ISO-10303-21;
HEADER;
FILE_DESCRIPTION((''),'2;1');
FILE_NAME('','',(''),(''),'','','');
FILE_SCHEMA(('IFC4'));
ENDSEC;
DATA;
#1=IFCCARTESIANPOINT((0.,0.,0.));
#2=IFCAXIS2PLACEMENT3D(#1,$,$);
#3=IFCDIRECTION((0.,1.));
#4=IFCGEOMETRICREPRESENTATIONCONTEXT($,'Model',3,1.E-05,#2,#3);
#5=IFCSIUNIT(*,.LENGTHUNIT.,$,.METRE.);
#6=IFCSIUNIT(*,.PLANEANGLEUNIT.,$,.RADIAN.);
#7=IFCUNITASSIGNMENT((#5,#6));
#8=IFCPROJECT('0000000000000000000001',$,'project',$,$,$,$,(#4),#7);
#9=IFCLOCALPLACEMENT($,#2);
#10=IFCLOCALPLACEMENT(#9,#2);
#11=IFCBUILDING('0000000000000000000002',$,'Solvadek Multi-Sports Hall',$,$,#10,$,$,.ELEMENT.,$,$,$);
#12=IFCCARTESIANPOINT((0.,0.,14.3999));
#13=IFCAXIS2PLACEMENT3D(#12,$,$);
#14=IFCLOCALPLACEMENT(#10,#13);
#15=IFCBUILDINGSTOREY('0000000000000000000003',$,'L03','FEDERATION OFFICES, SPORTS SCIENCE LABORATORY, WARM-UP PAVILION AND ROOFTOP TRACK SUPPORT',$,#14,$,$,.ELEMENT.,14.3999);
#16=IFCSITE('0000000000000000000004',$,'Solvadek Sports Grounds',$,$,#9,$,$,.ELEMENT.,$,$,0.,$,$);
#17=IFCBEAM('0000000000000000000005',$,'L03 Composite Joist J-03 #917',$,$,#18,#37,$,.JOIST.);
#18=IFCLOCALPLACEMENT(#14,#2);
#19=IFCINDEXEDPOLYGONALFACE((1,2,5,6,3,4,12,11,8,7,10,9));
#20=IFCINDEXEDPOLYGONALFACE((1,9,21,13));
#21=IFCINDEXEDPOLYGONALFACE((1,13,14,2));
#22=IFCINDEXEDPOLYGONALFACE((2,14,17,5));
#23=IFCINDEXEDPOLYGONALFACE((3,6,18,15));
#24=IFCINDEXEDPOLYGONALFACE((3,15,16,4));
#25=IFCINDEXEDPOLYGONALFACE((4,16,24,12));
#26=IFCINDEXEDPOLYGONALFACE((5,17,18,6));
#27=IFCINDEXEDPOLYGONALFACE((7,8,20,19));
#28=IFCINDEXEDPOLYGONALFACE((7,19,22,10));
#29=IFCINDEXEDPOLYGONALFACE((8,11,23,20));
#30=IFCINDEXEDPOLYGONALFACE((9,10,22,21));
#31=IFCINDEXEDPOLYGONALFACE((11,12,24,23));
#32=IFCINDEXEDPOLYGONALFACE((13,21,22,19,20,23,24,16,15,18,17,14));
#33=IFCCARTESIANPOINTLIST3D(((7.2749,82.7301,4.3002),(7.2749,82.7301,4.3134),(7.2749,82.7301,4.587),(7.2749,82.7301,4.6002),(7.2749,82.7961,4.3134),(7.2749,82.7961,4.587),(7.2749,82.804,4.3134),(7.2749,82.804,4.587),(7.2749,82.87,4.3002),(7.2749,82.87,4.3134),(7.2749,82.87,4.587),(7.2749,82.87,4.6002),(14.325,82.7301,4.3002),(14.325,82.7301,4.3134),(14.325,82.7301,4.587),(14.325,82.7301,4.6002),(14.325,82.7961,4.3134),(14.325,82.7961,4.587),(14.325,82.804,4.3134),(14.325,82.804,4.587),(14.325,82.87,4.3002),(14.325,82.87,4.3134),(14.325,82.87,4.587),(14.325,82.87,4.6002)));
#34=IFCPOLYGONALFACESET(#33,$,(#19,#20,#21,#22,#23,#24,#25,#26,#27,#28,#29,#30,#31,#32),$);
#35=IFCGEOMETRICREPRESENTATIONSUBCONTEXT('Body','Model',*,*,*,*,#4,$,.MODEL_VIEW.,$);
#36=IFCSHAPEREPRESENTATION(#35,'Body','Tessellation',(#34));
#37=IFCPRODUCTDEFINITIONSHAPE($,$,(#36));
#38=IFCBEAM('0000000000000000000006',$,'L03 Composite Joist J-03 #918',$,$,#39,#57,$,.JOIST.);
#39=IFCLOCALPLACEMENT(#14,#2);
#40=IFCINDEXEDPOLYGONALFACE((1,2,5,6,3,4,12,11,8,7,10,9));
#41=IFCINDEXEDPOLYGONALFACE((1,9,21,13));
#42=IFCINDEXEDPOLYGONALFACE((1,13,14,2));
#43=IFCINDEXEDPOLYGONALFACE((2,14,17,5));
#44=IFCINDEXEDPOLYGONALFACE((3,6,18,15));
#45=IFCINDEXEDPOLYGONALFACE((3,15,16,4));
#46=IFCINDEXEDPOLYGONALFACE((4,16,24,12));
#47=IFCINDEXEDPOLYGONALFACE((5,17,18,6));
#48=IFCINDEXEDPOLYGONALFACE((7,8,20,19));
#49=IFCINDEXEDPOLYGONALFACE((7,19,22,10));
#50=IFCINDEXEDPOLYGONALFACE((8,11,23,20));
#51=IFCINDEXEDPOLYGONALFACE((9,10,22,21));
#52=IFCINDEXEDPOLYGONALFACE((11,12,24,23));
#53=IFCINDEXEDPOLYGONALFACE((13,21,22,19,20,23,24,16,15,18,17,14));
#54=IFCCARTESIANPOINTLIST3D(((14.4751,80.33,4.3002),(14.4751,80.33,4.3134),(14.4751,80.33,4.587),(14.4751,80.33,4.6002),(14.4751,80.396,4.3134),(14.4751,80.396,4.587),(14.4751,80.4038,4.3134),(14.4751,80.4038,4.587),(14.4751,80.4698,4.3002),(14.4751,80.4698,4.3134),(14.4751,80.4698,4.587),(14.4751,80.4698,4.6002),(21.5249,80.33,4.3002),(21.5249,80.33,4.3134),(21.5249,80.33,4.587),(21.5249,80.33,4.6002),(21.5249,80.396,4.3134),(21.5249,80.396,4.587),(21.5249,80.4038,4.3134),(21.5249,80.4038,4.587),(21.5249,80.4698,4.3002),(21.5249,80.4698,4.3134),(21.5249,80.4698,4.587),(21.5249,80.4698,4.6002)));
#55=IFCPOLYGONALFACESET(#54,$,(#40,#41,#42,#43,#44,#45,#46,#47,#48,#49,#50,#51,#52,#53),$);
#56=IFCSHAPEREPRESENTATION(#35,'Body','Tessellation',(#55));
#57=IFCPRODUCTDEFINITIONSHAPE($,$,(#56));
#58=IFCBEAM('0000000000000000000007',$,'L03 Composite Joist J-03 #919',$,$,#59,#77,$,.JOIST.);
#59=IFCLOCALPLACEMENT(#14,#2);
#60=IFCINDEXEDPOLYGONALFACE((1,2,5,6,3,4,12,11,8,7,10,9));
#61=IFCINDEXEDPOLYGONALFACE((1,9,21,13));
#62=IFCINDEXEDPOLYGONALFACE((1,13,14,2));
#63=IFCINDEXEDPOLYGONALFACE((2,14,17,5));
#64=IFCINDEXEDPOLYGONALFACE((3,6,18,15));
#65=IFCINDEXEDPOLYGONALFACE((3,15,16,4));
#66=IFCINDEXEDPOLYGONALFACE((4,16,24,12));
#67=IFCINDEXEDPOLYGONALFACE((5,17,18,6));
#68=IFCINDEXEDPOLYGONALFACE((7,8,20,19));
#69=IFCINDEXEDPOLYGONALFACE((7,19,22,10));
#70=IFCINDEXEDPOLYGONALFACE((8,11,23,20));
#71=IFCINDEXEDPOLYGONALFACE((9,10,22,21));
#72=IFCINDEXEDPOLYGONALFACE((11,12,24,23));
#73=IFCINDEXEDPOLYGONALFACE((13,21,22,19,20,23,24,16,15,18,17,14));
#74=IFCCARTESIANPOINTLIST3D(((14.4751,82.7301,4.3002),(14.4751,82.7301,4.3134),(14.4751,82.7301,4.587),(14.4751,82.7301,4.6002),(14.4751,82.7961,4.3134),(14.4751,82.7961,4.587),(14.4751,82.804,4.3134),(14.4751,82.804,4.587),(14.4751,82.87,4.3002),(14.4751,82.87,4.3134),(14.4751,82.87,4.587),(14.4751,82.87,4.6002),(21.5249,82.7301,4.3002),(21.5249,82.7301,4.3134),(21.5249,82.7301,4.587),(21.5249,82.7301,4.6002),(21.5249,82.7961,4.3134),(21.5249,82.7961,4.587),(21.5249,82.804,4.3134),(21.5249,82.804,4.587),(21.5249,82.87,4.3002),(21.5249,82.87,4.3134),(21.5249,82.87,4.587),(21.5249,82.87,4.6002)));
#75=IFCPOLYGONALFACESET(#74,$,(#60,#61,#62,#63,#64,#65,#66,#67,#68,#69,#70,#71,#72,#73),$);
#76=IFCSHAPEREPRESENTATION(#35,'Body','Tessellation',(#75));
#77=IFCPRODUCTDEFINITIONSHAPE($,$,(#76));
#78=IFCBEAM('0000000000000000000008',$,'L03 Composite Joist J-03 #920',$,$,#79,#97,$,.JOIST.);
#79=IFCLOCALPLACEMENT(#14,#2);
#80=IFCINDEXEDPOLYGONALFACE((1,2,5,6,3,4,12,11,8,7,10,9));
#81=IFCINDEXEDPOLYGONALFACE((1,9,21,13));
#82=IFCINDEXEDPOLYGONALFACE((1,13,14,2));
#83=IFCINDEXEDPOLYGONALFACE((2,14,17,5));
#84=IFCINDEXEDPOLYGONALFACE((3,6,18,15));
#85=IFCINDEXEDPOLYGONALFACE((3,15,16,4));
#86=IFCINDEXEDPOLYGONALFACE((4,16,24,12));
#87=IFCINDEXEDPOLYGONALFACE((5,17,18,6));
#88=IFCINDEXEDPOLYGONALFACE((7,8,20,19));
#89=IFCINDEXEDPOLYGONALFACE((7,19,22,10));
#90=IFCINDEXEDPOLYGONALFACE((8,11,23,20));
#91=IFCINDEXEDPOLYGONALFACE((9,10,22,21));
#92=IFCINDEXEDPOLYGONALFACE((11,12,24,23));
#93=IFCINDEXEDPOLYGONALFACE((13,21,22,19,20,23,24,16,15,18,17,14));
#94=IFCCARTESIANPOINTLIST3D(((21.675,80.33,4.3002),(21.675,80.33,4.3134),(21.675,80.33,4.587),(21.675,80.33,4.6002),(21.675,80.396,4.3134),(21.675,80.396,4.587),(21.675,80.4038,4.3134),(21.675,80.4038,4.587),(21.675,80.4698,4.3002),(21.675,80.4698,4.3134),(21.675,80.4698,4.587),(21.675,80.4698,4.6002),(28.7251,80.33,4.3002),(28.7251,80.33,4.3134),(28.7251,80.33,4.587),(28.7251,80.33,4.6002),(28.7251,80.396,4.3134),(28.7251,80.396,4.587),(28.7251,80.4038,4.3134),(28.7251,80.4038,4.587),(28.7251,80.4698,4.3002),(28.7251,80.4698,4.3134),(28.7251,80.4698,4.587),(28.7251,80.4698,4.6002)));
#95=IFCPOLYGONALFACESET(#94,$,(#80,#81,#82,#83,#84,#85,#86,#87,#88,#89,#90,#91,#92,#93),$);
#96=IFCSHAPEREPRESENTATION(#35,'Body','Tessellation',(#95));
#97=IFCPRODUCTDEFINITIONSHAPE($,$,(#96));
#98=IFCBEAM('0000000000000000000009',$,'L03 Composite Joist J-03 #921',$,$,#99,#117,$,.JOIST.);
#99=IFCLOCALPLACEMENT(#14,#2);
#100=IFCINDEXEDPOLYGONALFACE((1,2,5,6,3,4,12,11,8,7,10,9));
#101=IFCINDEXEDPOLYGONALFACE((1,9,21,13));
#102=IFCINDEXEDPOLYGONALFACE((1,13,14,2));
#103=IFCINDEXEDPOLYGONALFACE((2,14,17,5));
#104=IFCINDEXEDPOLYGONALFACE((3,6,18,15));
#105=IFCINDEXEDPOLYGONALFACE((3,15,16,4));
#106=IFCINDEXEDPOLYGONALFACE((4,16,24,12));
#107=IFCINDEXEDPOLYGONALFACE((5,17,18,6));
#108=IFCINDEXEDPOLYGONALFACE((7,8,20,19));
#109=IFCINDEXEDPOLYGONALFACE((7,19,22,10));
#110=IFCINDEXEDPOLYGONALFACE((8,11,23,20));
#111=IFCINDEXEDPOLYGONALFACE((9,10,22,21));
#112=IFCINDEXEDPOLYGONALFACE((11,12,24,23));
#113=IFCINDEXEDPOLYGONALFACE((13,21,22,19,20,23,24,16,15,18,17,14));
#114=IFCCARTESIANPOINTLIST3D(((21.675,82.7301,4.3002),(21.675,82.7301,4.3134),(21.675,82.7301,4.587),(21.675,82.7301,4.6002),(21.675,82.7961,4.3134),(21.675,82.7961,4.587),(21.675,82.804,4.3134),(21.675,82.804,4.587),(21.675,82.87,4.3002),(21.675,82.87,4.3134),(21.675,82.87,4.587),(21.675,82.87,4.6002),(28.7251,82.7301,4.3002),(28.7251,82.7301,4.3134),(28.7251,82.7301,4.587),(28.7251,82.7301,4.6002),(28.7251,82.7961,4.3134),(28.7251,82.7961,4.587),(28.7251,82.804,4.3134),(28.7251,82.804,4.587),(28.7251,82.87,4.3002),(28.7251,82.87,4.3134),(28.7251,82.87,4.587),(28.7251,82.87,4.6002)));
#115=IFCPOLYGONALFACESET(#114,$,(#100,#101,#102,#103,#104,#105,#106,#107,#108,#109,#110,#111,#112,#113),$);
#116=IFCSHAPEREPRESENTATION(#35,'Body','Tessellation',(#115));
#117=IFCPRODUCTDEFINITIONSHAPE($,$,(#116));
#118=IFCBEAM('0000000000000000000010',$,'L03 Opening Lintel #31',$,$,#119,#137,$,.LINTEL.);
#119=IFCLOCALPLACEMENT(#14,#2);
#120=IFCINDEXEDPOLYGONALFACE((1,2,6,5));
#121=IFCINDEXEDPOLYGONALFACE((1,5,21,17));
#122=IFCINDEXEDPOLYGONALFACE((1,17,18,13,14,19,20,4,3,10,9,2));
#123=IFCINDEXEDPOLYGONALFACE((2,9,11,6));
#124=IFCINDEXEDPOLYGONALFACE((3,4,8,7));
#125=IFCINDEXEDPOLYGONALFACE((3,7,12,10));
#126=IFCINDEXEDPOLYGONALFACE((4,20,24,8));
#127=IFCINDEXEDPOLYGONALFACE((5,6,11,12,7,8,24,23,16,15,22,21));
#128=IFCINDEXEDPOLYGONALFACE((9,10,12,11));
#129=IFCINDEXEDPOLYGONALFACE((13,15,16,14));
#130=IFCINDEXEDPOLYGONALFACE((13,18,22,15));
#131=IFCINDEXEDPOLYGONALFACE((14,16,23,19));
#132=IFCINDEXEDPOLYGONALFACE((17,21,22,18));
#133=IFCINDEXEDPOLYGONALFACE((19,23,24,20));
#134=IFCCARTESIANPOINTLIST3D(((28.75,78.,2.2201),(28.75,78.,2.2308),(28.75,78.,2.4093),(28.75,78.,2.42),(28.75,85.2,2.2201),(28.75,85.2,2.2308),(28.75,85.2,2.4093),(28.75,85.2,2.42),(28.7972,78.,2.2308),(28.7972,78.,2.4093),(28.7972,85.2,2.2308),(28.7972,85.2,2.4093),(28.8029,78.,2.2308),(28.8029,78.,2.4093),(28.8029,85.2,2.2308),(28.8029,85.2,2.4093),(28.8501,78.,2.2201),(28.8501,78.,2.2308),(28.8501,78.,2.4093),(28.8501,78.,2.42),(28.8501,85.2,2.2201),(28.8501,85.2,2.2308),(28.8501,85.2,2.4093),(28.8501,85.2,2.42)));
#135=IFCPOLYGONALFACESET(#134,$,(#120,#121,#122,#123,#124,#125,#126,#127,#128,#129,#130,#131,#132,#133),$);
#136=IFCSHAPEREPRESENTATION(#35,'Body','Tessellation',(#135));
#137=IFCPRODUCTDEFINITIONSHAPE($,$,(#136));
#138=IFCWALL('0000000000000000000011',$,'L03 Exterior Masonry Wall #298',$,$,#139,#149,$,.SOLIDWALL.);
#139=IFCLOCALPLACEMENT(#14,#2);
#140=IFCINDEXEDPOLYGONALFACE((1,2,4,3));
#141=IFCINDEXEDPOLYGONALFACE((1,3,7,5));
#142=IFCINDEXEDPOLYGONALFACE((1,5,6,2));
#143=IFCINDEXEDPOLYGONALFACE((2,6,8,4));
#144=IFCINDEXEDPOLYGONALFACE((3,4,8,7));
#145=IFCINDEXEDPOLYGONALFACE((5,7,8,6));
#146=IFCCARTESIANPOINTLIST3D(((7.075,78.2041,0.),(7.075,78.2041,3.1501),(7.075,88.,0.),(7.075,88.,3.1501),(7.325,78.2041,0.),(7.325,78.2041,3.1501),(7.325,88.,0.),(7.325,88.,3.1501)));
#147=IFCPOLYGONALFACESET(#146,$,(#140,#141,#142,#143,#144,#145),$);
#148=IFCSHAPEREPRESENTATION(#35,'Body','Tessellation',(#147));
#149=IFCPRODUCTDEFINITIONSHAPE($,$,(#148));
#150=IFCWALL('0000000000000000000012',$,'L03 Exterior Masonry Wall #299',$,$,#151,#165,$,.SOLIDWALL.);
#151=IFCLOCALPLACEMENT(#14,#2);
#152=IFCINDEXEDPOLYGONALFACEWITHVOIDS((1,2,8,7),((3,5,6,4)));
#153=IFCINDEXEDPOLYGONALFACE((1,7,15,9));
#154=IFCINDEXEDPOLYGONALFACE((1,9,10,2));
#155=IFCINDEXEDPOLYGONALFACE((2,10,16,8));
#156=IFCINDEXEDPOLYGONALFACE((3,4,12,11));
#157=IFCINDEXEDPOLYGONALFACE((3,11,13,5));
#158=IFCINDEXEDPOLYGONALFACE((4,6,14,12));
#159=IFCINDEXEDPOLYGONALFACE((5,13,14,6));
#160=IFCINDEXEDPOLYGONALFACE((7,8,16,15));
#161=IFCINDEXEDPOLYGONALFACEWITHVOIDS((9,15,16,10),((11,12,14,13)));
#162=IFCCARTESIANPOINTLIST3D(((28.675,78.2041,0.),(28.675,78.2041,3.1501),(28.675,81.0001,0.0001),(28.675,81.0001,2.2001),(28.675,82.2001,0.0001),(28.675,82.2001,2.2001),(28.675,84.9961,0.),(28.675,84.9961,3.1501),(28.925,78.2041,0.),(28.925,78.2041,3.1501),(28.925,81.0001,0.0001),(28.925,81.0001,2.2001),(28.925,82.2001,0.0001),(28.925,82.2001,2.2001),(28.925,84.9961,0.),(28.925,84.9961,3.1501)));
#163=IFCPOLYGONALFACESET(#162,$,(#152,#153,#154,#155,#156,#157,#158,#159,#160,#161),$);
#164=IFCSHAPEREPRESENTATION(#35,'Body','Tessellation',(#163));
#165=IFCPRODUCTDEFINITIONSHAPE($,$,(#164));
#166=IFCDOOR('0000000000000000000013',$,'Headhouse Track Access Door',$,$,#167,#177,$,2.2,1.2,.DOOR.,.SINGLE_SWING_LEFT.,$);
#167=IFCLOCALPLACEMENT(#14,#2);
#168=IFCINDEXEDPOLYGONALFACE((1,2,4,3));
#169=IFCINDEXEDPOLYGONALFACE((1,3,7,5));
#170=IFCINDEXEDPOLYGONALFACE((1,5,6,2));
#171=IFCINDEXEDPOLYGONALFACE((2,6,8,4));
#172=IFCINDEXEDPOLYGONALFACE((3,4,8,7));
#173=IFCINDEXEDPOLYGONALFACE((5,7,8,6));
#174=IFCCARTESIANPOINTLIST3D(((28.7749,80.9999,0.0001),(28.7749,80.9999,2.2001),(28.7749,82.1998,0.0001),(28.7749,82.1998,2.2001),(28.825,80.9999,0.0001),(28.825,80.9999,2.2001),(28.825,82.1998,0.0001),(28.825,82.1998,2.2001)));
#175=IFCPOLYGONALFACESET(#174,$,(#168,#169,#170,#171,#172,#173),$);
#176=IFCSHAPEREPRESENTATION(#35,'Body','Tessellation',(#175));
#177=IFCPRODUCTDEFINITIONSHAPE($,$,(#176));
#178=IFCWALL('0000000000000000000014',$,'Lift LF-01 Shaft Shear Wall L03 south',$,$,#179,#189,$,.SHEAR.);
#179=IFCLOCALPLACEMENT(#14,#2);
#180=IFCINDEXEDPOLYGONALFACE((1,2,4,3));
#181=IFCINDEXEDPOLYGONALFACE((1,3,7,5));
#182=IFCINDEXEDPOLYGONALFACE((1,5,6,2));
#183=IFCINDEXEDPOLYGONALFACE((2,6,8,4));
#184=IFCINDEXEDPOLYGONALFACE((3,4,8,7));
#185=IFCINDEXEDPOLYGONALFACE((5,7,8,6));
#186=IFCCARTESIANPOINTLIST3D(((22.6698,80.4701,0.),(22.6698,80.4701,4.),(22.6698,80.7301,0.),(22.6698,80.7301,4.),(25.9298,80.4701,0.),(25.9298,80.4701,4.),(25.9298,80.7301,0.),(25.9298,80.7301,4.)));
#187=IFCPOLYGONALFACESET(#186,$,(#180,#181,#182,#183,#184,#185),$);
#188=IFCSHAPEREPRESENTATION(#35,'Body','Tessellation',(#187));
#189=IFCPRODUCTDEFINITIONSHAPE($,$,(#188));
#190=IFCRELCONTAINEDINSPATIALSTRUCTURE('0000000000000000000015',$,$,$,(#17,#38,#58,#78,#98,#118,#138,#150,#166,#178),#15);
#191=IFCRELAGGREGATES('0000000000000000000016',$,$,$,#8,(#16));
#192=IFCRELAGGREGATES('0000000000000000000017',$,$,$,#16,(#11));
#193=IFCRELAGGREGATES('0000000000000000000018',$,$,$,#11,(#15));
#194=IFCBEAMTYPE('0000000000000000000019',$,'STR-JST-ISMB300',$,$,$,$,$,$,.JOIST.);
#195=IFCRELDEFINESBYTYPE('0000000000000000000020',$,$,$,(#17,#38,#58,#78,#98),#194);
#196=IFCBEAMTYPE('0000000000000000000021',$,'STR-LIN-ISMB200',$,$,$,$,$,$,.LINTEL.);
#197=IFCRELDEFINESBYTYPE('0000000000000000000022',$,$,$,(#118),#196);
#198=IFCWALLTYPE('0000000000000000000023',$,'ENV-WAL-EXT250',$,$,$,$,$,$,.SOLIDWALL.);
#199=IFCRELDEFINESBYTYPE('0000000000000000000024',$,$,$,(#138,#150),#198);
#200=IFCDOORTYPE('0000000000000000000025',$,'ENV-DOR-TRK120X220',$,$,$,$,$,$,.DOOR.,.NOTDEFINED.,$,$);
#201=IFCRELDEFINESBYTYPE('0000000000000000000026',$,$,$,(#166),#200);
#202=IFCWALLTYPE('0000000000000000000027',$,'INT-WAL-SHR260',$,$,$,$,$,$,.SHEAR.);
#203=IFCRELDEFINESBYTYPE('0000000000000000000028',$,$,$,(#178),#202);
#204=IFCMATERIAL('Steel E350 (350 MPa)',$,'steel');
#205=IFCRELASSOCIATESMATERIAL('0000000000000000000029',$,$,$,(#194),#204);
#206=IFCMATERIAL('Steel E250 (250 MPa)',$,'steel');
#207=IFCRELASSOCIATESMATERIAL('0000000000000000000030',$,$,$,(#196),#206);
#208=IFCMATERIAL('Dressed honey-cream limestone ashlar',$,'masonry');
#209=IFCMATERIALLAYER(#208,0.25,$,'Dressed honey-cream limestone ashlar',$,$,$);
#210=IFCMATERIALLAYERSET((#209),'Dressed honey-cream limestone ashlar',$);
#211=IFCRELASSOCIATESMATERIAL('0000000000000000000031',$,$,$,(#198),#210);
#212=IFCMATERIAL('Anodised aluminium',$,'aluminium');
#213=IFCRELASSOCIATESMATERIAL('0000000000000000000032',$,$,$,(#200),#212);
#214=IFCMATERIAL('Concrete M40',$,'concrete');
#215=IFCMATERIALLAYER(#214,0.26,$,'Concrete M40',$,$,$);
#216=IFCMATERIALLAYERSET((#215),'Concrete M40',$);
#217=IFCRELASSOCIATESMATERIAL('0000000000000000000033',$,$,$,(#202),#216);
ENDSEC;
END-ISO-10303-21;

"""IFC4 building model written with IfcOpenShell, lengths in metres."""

from ifc_helpers import new_model, si_unit, direction, frame, frame_2d, origin, origin_2d, place, context, subcontext, project, spatial, rectangle, i_section, extrude, material, layer, layer_set, material_profile, profile_set, type_object, element, fill, save


model = new_model("IFC4")

# Units and contexts
model_context = context("Model", 3, precision=1e-05, world=origin(), true_north=direction((0.0, 1.0)))
body_context = subcontext(model_context, "Body", "Model", "MODEL_VIEW")
ifc_project = project(units=[si_unit("LENGTHUNIT", "METRE"), si_unit("PLANEANGLEUNIT", "RADIAN")], contexts=[model_context])

# Site, building, storey
site_placement = place(None, origin())
site = spatial("IfcSite", under=ifc_project, at=site_placement, Name="Solvadek Sports Grounds", CompositionType="ELEMENT", RefElevation=0.0)
building_placement = place(site_placement, origin())
building = spatial("IfcBuilding", under=site, at=building_placement, Name="Solvadek Multi-Sports Hall", CompositionType="ELEMENT")
storey_placement = place(building_placement, frame((0.0, 0.0, 14.3999)))
storey = spatial("IfcBuildingStorey", under=building, at=storey_placement, Name="L03", Description="FEDERATION OFFICES, SPORTS SCIENCE LABORATORY, WARM-UP PAVILION AND ROOFTOP TRACK SUPPORT", CompositionType="ELEMENT", Elevation=14.3999)

# Shared definitions
ifc_material_1 = material(Name="Steel E350 (350 MPa)", Category="steel")

# Beams
ifc_material_profile_1 = material_profile(ifc_material_1, i_section(OverallWidth=0.1399, OverallDepth=0.3, WebThickness=0.0078, FlangeThickness=0.0132, at=origin_2d()), Name="ISMB 300")
ifc_profile_set_1 = profile_set([ifc_material_profile_1], Name="Steel E350 (350 MPa)")
beam_type_1 = type_object("IfcBeamType", Name="STR-JST-ISMB300", PredefinedType="JOIST", material=ifc_profile_set_1)
for number, where, z_axis, x_axis, name in (
    (1, (7.2749, 82.8, 4.4502), (1.0, 0.0, 0.0), (0.0, 1.0, 0.0), "L03 Composite Joist J-03 #917"),
):
    element("IfcBeam", number, at=place(storey_placement, frame(where, z_axis=z_axis, x_axis=x_axis)), inside=storey, type_object=beam_type_1, Name=name, PredefinedType="JOIST", context=body_context, shape_type="SweptSolid", body=[
        extrude(i_section(OverallWidth=0.1399, OverallDepth=0.3, WebThickness=0.0078, FlangeThickness=0.0132, at=origin_2d()), origin(), (0.0, 0.0, 1.0), 7.05),
    ])
for number, where, z_axis, x_axis, name in (
    (2, (14.4751, 80.3999, 4.4502), (1.0, 0.0, 0.0), (0.0, 1.0, 0.0), "L03 Composite Joist J-03 #918"),
    (3, (14.4751, 82.8, 4.4502), (1.0, 0.0, 0.0), (0.0, 1.0, 0.0), "L03 Composite Joist J-03 #919"),
):
    element("IfcBeam", number, at=place(storey_placement, frame(where, z_axis=z_axis, x_axis=x_axis)), inside=storey, type_object=beam_type_1, Name=name, PredefinedType="JOIST", context=body_context, shape_type="SweptSolid", body=[
        extrude(i_section(OverallWidth=0.1399, OverallDepth=0.3, WebThickness=0.0078, FlangeThickness=0.0132, at=origin_2d()), origin(), (0.0, 0.0, 1.0), 7.0498),
    ])
for number, where, z_axis, x_axis, name in (
    (4, (21.675, 80.3999, 4.4502), (1.0, 0.0, 0.0), (0.0, 1.0, 0.0), "L03 Composite Joist J-03 #920"),
    (5, (21.675, 82.8, 4.4502), (1.0, 0.0, 0.0), (0.0, 1.0, 0.0), "L03 Composite Joist J-03 #921"),
):
    element("IfcBeam", number, at=place(storey_placement, frame(where, z_axis=z_axis, x_axis=x_axis)), inside=storey, type_object=beam_type_1, Name=name, PredefinedType="JOIST", context=body_context, shape_type="SweptSolid", body=[
        extrude(i_section(OverallWidth=0.1399, OverallDepth=0.3, WebThickness=0.0078, FlangeThickness=0.0132, at=origin_2d()), origin(), (0.0, 0.0, 1.0), 7.05),
    ])
ifc_material_2 = material(Name="Steel E250 (250 MPa)", Category="steel")
ifc_material_profile_2 = material_profile(ifc_material_2, i_section(OverallWidth=0.1001, OverallDepth=0.2, WebThickness=0.0056, FlangeThickness=0.0107, at=origin_2d()), Name="ISMB 200")
ifc_profile_set_2 = profile_set([ifc_material_profile_2], Name="Steel E250 (250 MPa)")
beam_type_2 = type_object("IfcBeamType", Name="STR-LIN-ISMB200", PredefinedType="LINTEL", material=ifc_profile_set_2)
beam_1_placement = place(storey_placement, frame((28.8, 78.0, 2.3201), z_axis=(0.0, 1.0, 0.0), x_axis=(-1.0, 0.0, 0.0)))
element("IfcBeam", 6, at=beam_1_placement, inside=storey, type_object=beam_type_2, Name="L03 Opening Lintel #31", PredefinedType="LINTEL", context=body_context, shape_type="SweptSolid", body=[
    extrude(i_section(OverallWidth=0.1001, OverallDepth=0.2, WebThickness=0.0056, FlangeThickness=0.0107, at=origin_2d()), origin(), (0.0, 0.0, 1.0), 7.2),
])

# Wall
ifc_material_3 = material(Name="Dressed honey-cream limestone ashlar", Category="masonry")
ifc_layer_1 = layer(ifc_material_3, 0.25, Name="Dressed honey-cream limestone ashlar")
ifc_layer_set_1 = layer_set([ifc_layer_1], Name="Dressed honey-cream limestone ashlar")
wall_type_1 = type_object("IfcWallType", Name="ENV-WAL-EXT250", PredefinedType="SOLIDWALL", material=ifc_layer_set_1)
wall_1_placement = place(storey_placement, frame((7.2, 78.2041, 0.0), z_axis=(0.0, 0.0, 1.0), x_axis=(0.0, 1.0, 0.0)))
element("IfcWall", 7, at=wall_1_placement, inside=storey, type_object=wall_type_1, Name="L03 Exterior Masonry Wall #298", PredefinedType="SOLIDWALL", context=body_context, shape_type="SweptSolid", body=[
    extrude(rectangle(XDim=9.7959, YDim=0.25, at=frame_2d((4.8979, 0.0))), origin(), (0.0, 0.0, 1.0), 3.1501),
])

# Wall, opening, door
wall_2_placement = place(storey_placement, frame((28.8, 78.2041, 0.0), z_axis=(0.0, 0.0, 1.0), x_axis=(0.0, 1.0, 0.0)))
wall_2 = element("IfcWall", 8, at=wall_2_placement, inside=storey, type_object=wall_type_1, Name="L03 Exterior Masonry Wall #299", PredefinedType="SOLIDWALL", context=body_context, shape_type="SweptSolid", body=[
    extrude(rectangle(XDim=6.792, YDim=0.25, at=frame_2d((3.396, 0.0))), origin(), (0.0, 0.0, 1.0), 3.1501),
])
opening_1_placement = place(wall_2_placement, frame((2.7959, 0.0, 0.0)))
opening_1 = element("IfcOpeningElement", 9, at=opening_1_placement, cuts=wall_2, PredefinedType="OPENING", context=body_context, shape_type="SweptSolid", body=[
    extrude(rectangle(XDim=1.2, YDim=2.2, at=frame_2d((0.6001, 1.1001))), frame((0.0, 0.135, 0.0), z_axis=(0.0, -1.0, 0.0), x_axis=(1.0, 0.0, 0.0)), (0.0, 0.0, 1.0), 0.27),
])
ifc_material_4 = material(Name="Anodised aluminium", Category="aluminium")
door_type_1 = type_object("IfcDoorType", Name="ENV-DOR-TRK120X220", OperationType="NOTDEFINED", PredefinedType="DOOR", material=ifc_material_4)
door_1_placement = place(opening_1_placement, frame((1.2, 0.0, 0.0), z_axis=(0.0, 0.0, 1.0), x_axis=(-1.0, 0.0, 0.0)))
door_1 = element("IfcDoor", 10, at=door_1_placement, inside=storey, type_object=door_type_1, Name="Headhouse Track Access Door", OperationType="SINGLE_SWING_LEFT", OverallHeight=2.2, OverallWidth=1.2, PredefinedType="DOOR", context=body_context, shape_type="SweptSolid", body=[
    extrude(rectangle(XDim=1.2, YDim=2.2, at=frame_2d((0.6001, 1.1001))), frame((0.0, 0.0249, 0.0), z_axis=(0.0, -1.0, 0.0), x_axis=(1.0, 0.0, 0.0)), (0.0, 0.0, 1.0), 0.05),
])
fill(opening_1, door_1)

# Wall
ifc_material_5 = material(Name="Concrete M40", Category="concrete")
ifc_layer_2 = layer(ifc_material_5, 0.26, Name="Concrete M40")
ifc_layer_set_2 = layer_set([ifc_layer_2], Name="Concrete M40")
wall_type_2 = type_object("IfcWallType", Name="INT-WAL-SHR260", PredefinedType="SHEAR", material=ifc_layer_set_2)
wall_3_placement = place(storey_placement, frame((22.6699, 80.6001, 0.0), z_axis=(0.0, 0.0, 1.0), x_axis=(1.0, 0.0, 0.0)))
element("IfcWall", 11, at=wall_3_placement, inside=storey, type_object=wall_type_2, Name="Lift LF-01 Shaft Shear Wall L03 south", PredefinedType="SHEAR", context=body_context, shape_type="SweptSolid", body=[
    extrude(rectangle(XDim=3.26, YDim=0.26, at=frame_2d((1.6299, 0.0))), origin(), (0.0, 0.0, 1.0), 4.0),
])

save(model, "model.ifc")
